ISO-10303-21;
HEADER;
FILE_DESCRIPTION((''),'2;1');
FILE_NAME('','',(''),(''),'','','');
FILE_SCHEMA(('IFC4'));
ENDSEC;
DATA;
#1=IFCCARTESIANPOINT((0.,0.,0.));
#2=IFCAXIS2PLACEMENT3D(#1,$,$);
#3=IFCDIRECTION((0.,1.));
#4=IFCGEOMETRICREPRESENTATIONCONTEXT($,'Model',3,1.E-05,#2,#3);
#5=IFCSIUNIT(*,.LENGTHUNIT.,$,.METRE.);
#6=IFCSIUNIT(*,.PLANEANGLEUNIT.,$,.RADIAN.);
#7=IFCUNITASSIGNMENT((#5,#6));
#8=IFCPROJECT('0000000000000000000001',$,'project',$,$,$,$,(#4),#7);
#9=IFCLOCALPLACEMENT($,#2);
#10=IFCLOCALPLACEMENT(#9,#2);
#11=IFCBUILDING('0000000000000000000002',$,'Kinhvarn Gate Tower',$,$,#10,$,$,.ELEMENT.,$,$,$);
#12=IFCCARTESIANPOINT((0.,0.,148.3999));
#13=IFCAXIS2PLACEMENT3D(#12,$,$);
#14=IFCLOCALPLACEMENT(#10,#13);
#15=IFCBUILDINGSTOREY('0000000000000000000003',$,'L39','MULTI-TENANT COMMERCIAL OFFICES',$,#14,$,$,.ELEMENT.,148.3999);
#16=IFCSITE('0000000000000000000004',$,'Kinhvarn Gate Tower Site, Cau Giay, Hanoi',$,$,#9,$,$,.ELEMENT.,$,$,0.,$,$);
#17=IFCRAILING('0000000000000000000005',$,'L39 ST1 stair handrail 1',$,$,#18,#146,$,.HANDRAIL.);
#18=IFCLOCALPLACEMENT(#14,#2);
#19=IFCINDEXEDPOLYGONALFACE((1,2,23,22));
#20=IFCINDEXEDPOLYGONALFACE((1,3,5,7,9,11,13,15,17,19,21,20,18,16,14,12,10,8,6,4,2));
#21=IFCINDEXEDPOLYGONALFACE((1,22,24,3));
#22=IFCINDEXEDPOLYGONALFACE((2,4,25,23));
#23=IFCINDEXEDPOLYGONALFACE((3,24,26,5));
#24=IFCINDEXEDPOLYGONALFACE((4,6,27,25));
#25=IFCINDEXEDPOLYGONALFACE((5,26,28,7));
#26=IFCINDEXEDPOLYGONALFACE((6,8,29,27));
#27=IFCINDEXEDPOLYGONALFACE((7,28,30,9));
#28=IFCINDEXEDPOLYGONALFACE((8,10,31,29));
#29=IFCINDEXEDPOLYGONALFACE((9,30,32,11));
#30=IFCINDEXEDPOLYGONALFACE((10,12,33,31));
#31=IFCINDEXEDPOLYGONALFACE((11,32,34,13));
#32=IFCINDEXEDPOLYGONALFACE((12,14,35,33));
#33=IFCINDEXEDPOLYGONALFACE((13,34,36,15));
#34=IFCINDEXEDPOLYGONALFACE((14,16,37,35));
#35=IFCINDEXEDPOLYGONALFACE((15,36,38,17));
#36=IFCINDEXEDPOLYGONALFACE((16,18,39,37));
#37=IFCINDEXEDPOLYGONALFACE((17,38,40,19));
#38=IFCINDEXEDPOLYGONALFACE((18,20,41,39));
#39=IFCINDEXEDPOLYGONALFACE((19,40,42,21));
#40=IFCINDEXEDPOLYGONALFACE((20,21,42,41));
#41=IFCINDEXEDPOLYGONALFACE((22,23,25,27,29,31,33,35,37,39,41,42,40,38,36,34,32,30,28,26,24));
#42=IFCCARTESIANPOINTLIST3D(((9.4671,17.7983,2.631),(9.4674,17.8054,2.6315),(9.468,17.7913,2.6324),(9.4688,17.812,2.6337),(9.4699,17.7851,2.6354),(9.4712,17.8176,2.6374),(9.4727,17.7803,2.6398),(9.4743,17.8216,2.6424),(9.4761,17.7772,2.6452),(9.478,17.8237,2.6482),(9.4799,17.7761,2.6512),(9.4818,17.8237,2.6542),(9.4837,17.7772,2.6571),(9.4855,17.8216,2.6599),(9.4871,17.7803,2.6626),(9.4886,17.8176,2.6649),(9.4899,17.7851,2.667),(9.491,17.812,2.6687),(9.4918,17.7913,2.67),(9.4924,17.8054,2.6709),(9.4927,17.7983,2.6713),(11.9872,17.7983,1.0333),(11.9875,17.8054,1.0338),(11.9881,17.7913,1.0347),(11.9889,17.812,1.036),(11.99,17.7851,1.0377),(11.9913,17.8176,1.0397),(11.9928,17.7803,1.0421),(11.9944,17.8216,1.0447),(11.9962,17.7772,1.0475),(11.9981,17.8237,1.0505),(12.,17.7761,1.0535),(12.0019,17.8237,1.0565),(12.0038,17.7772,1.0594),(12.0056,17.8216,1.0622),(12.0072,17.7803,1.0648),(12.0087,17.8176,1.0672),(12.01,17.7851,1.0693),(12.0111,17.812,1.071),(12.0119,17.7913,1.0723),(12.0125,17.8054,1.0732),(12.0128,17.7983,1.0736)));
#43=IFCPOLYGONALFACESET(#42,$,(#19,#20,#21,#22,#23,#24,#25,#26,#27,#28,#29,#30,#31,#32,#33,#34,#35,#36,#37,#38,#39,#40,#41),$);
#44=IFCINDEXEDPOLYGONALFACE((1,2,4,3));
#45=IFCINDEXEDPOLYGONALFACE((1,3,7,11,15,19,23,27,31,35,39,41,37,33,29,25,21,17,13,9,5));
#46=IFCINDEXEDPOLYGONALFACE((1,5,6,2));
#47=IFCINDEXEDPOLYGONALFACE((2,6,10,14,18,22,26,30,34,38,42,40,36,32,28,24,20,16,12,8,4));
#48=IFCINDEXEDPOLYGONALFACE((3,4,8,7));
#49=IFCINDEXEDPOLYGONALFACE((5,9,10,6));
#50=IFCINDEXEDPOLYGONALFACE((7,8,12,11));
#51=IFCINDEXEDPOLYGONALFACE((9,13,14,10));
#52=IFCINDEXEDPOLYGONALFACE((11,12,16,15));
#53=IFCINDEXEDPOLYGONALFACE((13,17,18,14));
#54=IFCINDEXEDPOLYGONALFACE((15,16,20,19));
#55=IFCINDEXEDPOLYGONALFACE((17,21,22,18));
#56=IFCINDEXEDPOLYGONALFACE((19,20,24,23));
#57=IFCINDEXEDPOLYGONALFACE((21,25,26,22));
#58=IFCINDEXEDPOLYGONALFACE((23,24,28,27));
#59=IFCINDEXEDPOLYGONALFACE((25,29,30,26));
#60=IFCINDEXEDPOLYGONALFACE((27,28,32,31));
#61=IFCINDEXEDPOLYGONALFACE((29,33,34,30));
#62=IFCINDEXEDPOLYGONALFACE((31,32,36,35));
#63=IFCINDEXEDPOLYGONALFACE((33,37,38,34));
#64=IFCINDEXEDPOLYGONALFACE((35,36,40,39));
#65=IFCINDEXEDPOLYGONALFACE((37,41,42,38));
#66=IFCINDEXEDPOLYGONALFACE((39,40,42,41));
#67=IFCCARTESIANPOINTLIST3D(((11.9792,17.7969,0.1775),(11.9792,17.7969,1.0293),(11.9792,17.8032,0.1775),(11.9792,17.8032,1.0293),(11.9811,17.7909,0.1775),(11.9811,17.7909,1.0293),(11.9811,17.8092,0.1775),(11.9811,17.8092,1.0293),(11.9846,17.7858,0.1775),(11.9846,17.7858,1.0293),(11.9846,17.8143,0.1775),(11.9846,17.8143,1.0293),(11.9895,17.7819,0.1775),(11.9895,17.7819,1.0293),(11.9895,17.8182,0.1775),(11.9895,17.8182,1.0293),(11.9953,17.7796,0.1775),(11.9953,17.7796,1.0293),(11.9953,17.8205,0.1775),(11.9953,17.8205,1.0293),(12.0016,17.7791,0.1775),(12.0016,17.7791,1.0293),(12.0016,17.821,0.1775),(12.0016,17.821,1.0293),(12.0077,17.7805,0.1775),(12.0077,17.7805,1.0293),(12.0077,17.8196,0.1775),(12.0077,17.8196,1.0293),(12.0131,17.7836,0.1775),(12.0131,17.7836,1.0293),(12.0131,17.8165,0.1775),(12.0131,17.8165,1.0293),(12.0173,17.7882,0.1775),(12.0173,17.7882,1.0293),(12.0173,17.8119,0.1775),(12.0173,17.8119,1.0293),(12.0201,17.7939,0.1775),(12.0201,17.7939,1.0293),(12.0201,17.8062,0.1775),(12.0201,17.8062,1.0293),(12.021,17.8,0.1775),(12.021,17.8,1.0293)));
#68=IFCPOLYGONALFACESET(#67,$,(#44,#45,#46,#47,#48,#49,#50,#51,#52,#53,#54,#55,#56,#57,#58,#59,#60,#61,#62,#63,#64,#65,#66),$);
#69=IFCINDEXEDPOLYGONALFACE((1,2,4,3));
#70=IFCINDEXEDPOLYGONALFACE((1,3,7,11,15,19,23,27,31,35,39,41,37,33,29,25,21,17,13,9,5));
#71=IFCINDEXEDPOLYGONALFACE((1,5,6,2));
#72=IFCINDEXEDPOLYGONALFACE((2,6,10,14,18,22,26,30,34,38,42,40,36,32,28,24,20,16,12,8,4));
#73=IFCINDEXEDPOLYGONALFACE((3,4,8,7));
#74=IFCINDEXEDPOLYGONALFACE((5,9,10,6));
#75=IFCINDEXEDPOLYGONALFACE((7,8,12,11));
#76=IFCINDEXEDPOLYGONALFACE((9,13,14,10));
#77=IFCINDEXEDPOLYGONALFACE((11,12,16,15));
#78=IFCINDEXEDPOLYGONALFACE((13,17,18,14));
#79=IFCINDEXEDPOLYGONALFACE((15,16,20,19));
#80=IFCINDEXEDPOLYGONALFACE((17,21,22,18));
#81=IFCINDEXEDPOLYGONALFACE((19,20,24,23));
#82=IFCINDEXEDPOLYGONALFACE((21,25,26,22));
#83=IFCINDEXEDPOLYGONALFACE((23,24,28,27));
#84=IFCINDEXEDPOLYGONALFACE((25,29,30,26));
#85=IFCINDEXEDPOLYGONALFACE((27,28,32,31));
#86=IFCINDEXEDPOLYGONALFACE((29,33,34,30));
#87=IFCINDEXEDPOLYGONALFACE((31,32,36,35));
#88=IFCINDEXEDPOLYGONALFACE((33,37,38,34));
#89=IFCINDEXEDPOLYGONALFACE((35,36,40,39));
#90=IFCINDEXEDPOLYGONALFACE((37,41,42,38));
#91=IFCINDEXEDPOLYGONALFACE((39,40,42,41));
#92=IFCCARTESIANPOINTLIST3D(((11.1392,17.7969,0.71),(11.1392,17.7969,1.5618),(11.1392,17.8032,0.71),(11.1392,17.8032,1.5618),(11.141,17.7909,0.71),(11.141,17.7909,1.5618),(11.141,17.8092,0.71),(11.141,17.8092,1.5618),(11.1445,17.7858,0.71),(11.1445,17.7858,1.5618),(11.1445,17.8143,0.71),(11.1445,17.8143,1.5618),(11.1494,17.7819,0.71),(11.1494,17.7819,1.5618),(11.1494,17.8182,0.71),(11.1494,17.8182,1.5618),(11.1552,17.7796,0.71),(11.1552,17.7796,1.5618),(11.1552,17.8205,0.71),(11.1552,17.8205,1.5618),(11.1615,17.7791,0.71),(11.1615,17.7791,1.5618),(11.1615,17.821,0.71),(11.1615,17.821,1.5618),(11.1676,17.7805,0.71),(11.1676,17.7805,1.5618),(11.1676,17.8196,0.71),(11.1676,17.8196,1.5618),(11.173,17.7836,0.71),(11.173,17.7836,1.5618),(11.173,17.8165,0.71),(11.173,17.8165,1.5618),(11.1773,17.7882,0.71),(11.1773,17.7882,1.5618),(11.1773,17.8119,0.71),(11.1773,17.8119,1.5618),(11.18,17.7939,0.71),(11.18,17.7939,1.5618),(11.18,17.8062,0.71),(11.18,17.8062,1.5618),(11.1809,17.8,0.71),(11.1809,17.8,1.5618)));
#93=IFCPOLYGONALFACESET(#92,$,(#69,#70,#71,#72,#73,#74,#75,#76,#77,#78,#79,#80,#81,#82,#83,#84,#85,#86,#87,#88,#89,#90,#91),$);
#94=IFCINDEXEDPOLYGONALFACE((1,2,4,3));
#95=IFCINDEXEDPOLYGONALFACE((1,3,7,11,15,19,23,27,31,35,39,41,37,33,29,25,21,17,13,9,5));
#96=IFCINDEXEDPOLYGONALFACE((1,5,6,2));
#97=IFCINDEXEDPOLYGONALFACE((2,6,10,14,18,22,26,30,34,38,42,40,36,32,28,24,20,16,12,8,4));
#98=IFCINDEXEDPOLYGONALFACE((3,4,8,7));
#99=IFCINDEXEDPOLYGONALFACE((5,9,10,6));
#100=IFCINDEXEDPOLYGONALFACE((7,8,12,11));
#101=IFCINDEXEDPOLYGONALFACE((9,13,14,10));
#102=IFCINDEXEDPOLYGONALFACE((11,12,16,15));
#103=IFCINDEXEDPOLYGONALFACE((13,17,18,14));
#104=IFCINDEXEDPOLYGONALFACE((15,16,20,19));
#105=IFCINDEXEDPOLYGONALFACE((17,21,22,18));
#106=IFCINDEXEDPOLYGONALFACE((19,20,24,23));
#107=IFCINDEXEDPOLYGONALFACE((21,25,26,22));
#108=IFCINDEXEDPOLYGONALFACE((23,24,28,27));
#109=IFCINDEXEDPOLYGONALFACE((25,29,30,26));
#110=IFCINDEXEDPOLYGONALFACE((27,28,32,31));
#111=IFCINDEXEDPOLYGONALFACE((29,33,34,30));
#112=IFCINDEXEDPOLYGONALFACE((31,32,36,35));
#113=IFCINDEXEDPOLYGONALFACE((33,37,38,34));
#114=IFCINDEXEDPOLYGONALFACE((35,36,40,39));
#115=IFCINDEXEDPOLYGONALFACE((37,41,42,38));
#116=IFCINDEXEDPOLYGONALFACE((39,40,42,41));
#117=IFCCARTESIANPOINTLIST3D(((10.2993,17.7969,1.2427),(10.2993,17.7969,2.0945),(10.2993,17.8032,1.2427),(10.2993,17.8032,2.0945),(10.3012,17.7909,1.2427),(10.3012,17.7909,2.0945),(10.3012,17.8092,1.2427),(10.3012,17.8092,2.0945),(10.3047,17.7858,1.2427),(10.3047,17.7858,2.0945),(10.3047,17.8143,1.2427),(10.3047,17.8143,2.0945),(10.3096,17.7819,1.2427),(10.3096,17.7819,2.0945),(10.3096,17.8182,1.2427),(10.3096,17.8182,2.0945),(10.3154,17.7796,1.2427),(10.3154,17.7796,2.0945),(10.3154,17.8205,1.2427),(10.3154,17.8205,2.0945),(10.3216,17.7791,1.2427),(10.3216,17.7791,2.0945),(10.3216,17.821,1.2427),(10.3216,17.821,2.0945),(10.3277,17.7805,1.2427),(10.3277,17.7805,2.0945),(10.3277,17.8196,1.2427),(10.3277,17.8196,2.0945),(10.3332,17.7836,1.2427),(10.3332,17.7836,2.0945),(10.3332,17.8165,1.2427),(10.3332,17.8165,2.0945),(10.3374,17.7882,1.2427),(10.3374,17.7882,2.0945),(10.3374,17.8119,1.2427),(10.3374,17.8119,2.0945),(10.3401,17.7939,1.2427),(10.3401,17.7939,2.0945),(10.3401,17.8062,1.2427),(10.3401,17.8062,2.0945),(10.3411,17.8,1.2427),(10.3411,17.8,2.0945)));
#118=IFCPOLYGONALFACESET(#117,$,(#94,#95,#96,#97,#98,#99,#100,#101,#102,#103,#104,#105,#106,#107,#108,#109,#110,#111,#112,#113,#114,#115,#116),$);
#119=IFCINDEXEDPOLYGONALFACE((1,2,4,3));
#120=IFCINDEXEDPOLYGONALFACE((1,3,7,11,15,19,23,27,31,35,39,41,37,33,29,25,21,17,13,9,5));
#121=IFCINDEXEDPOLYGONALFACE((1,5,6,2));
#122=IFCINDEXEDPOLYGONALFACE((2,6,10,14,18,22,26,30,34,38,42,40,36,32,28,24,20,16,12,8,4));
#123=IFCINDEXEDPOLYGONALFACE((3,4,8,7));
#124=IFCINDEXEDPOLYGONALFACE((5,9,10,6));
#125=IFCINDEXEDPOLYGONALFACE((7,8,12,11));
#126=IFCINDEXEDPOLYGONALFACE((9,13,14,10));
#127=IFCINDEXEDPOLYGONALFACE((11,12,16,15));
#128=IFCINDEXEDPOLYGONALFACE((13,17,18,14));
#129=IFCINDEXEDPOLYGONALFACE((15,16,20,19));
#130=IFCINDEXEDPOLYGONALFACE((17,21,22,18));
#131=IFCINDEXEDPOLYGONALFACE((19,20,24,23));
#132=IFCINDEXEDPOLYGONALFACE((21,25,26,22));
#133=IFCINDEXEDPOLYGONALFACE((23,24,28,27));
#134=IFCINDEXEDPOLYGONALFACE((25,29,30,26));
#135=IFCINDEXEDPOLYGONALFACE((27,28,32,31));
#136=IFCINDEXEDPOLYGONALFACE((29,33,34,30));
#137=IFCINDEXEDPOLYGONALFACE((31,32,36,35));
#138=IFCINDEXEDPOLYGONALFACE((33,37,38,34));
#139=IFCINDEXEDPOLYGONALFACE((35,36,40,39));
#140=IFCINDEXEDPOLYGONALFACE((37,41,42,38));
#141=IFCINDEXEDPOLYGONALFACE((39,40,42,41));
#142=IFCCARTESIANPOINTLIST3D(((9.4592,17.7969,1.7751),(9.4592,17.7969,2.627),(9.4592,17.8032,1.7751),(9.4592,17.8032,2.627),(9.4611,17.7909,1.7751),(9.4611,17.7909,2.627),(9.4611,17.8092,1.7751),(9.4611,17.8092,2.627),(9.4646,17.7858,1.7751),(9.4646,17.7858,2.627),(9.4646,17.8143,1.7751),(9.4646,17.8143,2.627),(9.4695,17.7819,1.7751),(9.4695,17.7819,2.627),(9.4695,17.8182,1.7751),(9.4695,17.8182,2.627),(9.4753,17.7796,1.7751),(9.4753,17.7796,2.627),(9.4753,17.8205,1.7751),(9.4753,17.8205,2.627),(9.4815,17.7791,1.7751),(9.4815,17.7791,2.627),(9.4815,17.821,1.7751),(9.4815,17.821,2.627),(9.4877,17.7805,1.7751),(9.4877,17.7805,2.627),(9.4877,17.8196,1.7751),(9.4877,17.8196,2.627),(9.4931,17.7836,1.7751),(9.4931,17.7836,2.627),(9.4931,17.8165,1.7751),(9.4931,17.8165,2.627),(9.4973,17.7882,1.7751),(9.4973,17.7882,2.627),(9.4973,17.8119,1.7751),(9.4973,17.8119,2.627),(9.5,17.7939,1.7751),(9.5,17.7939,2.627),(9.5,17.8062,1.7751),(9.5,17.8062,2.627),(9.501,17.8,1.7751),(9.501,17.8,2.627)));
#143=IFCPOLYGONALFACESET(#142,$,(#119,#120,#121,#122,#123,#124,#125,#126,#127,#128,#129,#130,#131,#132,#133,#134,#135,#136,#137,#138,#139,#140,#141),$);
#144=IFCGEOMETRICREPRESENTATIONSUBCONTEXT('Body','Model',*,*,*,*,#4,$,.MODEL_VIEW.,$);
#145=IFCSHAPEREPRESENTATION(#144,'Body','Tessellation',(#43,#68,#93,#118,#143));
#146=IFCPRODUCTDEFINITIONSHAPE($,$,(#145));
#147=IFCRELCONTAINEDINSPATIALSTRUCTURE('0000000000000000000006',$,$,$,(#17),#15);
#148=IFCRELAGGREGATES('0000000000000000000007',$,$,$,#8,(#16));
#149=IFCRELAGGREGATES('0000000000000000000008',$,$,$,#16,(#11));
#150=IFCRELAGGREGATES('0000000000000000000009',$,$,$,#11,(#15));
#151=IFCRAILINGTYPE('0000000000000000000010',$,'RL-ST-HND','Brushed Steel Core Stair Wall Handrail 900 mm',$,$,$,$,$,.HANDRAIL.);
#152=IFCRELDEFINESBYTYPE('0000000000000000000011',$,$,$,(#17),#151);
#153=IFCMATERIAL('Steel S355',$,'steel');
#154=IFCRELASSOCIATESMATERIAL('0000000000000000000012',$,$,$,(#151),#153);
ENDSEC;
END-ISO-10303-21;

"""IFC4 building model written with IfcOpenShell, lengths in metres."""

from ifc_helpers import new_model, si_unit, direction, frame, origin, origin_2d, place, context, subcontext, project, spatial, circle, extrude, material, type_object, element, save


model = new_model("IFC4")

# Units and contexts
model_context = context("Model", 3, precision=1e-05, world=origin(), true_north=direction((0.0, 1.0)))
body_context = subcontext(model_context, "Body", "Model", "MODEL_VIEW")
ifc_project = project(units=[si_unit("LENGTHUNIT", "METRE"), si_unit("PLANEANGLEUNIT", "RADIAN")], contexts=[model_context])

# Site, building, storey
site_placement = place(None, origin())
site = spatial("IfcSite", under=ifc_project, at=site_placement, Name="Kinhvarn Gate Tower Site, Cau Giay, Hanoi", CompositionType="ELEMENT", RefElevation=0.0)
building_placement = place(site_placement, origin())
building = spatial("IfcBuilding", under=site, at=building_placement, Name="Kinhvarn Gate Tower", CompositionType="ELEMENT")
storey_placement = place(building_placement, frame((0.0, 0.0, 148.3999)))
storey = spatial("IfcBuildingStorey", under=building, at=storey_placement, Name="L39", Description="MULTI-TENANT COMMERCIAL OFFICES", CompositionType="ELEMENT", Elevation=148.3999)

# Shared definitions
ifc_material_1 = material(Name="Steel S355", Category="steel")

# Railing
railing_type_1 = type_object("IfcRailingType", Name="RL-ST-HND", Description="Brushed Steel Core Stair Wall Handrail 900 mm", PredefinedType="HANDRAIL", material=ifc_material_1)
railing_1_placement = place(storey_placement, frame((12.0, 17.8, 0.1775)))
element("IfcRailing", 1, at=railing_1_placement, inside=storey, type_object=railing_type_1, Name="L39 ST1 stair handrail 1", PredefinedType="HANDRAIL", context=body_context, shape_type="SweptSolid", body=[
    extrude(circle(Radius=0.0239, at=origin_2d()), frame((0.0, 0.0, 0.876), z_axis=(-0.84457, 0.0, 0.535445), x_axis=(0.0, -1.0, 0.0)), (0.0, 0.0, 1.0), 2.9839),
    extrude(circle(Radius=0.021, at=origin_2d()), origin(), (0.0, 0.0, 1.0), 0.8518),
    extrude(circle(Radius=0.021, at=origin_2d()), frame((-0.8401, 0.0, 0.5325)), (0.0, 0.0, 1.0), 0.8518),
    extrude(circle(Radius=0.021, at=origin_2d()), frame((-1.6799, 0.0, 1.0652)), (0.0, 0.0, 1.0), 0.8518),
    extrude(circle(Radius=0.021, at=origin_2d()), frame((-2.52, 0.0, 1.5977)), (0.0, 0.0, 1.0), 0.8518),
])

save(model, "model.ifc")
